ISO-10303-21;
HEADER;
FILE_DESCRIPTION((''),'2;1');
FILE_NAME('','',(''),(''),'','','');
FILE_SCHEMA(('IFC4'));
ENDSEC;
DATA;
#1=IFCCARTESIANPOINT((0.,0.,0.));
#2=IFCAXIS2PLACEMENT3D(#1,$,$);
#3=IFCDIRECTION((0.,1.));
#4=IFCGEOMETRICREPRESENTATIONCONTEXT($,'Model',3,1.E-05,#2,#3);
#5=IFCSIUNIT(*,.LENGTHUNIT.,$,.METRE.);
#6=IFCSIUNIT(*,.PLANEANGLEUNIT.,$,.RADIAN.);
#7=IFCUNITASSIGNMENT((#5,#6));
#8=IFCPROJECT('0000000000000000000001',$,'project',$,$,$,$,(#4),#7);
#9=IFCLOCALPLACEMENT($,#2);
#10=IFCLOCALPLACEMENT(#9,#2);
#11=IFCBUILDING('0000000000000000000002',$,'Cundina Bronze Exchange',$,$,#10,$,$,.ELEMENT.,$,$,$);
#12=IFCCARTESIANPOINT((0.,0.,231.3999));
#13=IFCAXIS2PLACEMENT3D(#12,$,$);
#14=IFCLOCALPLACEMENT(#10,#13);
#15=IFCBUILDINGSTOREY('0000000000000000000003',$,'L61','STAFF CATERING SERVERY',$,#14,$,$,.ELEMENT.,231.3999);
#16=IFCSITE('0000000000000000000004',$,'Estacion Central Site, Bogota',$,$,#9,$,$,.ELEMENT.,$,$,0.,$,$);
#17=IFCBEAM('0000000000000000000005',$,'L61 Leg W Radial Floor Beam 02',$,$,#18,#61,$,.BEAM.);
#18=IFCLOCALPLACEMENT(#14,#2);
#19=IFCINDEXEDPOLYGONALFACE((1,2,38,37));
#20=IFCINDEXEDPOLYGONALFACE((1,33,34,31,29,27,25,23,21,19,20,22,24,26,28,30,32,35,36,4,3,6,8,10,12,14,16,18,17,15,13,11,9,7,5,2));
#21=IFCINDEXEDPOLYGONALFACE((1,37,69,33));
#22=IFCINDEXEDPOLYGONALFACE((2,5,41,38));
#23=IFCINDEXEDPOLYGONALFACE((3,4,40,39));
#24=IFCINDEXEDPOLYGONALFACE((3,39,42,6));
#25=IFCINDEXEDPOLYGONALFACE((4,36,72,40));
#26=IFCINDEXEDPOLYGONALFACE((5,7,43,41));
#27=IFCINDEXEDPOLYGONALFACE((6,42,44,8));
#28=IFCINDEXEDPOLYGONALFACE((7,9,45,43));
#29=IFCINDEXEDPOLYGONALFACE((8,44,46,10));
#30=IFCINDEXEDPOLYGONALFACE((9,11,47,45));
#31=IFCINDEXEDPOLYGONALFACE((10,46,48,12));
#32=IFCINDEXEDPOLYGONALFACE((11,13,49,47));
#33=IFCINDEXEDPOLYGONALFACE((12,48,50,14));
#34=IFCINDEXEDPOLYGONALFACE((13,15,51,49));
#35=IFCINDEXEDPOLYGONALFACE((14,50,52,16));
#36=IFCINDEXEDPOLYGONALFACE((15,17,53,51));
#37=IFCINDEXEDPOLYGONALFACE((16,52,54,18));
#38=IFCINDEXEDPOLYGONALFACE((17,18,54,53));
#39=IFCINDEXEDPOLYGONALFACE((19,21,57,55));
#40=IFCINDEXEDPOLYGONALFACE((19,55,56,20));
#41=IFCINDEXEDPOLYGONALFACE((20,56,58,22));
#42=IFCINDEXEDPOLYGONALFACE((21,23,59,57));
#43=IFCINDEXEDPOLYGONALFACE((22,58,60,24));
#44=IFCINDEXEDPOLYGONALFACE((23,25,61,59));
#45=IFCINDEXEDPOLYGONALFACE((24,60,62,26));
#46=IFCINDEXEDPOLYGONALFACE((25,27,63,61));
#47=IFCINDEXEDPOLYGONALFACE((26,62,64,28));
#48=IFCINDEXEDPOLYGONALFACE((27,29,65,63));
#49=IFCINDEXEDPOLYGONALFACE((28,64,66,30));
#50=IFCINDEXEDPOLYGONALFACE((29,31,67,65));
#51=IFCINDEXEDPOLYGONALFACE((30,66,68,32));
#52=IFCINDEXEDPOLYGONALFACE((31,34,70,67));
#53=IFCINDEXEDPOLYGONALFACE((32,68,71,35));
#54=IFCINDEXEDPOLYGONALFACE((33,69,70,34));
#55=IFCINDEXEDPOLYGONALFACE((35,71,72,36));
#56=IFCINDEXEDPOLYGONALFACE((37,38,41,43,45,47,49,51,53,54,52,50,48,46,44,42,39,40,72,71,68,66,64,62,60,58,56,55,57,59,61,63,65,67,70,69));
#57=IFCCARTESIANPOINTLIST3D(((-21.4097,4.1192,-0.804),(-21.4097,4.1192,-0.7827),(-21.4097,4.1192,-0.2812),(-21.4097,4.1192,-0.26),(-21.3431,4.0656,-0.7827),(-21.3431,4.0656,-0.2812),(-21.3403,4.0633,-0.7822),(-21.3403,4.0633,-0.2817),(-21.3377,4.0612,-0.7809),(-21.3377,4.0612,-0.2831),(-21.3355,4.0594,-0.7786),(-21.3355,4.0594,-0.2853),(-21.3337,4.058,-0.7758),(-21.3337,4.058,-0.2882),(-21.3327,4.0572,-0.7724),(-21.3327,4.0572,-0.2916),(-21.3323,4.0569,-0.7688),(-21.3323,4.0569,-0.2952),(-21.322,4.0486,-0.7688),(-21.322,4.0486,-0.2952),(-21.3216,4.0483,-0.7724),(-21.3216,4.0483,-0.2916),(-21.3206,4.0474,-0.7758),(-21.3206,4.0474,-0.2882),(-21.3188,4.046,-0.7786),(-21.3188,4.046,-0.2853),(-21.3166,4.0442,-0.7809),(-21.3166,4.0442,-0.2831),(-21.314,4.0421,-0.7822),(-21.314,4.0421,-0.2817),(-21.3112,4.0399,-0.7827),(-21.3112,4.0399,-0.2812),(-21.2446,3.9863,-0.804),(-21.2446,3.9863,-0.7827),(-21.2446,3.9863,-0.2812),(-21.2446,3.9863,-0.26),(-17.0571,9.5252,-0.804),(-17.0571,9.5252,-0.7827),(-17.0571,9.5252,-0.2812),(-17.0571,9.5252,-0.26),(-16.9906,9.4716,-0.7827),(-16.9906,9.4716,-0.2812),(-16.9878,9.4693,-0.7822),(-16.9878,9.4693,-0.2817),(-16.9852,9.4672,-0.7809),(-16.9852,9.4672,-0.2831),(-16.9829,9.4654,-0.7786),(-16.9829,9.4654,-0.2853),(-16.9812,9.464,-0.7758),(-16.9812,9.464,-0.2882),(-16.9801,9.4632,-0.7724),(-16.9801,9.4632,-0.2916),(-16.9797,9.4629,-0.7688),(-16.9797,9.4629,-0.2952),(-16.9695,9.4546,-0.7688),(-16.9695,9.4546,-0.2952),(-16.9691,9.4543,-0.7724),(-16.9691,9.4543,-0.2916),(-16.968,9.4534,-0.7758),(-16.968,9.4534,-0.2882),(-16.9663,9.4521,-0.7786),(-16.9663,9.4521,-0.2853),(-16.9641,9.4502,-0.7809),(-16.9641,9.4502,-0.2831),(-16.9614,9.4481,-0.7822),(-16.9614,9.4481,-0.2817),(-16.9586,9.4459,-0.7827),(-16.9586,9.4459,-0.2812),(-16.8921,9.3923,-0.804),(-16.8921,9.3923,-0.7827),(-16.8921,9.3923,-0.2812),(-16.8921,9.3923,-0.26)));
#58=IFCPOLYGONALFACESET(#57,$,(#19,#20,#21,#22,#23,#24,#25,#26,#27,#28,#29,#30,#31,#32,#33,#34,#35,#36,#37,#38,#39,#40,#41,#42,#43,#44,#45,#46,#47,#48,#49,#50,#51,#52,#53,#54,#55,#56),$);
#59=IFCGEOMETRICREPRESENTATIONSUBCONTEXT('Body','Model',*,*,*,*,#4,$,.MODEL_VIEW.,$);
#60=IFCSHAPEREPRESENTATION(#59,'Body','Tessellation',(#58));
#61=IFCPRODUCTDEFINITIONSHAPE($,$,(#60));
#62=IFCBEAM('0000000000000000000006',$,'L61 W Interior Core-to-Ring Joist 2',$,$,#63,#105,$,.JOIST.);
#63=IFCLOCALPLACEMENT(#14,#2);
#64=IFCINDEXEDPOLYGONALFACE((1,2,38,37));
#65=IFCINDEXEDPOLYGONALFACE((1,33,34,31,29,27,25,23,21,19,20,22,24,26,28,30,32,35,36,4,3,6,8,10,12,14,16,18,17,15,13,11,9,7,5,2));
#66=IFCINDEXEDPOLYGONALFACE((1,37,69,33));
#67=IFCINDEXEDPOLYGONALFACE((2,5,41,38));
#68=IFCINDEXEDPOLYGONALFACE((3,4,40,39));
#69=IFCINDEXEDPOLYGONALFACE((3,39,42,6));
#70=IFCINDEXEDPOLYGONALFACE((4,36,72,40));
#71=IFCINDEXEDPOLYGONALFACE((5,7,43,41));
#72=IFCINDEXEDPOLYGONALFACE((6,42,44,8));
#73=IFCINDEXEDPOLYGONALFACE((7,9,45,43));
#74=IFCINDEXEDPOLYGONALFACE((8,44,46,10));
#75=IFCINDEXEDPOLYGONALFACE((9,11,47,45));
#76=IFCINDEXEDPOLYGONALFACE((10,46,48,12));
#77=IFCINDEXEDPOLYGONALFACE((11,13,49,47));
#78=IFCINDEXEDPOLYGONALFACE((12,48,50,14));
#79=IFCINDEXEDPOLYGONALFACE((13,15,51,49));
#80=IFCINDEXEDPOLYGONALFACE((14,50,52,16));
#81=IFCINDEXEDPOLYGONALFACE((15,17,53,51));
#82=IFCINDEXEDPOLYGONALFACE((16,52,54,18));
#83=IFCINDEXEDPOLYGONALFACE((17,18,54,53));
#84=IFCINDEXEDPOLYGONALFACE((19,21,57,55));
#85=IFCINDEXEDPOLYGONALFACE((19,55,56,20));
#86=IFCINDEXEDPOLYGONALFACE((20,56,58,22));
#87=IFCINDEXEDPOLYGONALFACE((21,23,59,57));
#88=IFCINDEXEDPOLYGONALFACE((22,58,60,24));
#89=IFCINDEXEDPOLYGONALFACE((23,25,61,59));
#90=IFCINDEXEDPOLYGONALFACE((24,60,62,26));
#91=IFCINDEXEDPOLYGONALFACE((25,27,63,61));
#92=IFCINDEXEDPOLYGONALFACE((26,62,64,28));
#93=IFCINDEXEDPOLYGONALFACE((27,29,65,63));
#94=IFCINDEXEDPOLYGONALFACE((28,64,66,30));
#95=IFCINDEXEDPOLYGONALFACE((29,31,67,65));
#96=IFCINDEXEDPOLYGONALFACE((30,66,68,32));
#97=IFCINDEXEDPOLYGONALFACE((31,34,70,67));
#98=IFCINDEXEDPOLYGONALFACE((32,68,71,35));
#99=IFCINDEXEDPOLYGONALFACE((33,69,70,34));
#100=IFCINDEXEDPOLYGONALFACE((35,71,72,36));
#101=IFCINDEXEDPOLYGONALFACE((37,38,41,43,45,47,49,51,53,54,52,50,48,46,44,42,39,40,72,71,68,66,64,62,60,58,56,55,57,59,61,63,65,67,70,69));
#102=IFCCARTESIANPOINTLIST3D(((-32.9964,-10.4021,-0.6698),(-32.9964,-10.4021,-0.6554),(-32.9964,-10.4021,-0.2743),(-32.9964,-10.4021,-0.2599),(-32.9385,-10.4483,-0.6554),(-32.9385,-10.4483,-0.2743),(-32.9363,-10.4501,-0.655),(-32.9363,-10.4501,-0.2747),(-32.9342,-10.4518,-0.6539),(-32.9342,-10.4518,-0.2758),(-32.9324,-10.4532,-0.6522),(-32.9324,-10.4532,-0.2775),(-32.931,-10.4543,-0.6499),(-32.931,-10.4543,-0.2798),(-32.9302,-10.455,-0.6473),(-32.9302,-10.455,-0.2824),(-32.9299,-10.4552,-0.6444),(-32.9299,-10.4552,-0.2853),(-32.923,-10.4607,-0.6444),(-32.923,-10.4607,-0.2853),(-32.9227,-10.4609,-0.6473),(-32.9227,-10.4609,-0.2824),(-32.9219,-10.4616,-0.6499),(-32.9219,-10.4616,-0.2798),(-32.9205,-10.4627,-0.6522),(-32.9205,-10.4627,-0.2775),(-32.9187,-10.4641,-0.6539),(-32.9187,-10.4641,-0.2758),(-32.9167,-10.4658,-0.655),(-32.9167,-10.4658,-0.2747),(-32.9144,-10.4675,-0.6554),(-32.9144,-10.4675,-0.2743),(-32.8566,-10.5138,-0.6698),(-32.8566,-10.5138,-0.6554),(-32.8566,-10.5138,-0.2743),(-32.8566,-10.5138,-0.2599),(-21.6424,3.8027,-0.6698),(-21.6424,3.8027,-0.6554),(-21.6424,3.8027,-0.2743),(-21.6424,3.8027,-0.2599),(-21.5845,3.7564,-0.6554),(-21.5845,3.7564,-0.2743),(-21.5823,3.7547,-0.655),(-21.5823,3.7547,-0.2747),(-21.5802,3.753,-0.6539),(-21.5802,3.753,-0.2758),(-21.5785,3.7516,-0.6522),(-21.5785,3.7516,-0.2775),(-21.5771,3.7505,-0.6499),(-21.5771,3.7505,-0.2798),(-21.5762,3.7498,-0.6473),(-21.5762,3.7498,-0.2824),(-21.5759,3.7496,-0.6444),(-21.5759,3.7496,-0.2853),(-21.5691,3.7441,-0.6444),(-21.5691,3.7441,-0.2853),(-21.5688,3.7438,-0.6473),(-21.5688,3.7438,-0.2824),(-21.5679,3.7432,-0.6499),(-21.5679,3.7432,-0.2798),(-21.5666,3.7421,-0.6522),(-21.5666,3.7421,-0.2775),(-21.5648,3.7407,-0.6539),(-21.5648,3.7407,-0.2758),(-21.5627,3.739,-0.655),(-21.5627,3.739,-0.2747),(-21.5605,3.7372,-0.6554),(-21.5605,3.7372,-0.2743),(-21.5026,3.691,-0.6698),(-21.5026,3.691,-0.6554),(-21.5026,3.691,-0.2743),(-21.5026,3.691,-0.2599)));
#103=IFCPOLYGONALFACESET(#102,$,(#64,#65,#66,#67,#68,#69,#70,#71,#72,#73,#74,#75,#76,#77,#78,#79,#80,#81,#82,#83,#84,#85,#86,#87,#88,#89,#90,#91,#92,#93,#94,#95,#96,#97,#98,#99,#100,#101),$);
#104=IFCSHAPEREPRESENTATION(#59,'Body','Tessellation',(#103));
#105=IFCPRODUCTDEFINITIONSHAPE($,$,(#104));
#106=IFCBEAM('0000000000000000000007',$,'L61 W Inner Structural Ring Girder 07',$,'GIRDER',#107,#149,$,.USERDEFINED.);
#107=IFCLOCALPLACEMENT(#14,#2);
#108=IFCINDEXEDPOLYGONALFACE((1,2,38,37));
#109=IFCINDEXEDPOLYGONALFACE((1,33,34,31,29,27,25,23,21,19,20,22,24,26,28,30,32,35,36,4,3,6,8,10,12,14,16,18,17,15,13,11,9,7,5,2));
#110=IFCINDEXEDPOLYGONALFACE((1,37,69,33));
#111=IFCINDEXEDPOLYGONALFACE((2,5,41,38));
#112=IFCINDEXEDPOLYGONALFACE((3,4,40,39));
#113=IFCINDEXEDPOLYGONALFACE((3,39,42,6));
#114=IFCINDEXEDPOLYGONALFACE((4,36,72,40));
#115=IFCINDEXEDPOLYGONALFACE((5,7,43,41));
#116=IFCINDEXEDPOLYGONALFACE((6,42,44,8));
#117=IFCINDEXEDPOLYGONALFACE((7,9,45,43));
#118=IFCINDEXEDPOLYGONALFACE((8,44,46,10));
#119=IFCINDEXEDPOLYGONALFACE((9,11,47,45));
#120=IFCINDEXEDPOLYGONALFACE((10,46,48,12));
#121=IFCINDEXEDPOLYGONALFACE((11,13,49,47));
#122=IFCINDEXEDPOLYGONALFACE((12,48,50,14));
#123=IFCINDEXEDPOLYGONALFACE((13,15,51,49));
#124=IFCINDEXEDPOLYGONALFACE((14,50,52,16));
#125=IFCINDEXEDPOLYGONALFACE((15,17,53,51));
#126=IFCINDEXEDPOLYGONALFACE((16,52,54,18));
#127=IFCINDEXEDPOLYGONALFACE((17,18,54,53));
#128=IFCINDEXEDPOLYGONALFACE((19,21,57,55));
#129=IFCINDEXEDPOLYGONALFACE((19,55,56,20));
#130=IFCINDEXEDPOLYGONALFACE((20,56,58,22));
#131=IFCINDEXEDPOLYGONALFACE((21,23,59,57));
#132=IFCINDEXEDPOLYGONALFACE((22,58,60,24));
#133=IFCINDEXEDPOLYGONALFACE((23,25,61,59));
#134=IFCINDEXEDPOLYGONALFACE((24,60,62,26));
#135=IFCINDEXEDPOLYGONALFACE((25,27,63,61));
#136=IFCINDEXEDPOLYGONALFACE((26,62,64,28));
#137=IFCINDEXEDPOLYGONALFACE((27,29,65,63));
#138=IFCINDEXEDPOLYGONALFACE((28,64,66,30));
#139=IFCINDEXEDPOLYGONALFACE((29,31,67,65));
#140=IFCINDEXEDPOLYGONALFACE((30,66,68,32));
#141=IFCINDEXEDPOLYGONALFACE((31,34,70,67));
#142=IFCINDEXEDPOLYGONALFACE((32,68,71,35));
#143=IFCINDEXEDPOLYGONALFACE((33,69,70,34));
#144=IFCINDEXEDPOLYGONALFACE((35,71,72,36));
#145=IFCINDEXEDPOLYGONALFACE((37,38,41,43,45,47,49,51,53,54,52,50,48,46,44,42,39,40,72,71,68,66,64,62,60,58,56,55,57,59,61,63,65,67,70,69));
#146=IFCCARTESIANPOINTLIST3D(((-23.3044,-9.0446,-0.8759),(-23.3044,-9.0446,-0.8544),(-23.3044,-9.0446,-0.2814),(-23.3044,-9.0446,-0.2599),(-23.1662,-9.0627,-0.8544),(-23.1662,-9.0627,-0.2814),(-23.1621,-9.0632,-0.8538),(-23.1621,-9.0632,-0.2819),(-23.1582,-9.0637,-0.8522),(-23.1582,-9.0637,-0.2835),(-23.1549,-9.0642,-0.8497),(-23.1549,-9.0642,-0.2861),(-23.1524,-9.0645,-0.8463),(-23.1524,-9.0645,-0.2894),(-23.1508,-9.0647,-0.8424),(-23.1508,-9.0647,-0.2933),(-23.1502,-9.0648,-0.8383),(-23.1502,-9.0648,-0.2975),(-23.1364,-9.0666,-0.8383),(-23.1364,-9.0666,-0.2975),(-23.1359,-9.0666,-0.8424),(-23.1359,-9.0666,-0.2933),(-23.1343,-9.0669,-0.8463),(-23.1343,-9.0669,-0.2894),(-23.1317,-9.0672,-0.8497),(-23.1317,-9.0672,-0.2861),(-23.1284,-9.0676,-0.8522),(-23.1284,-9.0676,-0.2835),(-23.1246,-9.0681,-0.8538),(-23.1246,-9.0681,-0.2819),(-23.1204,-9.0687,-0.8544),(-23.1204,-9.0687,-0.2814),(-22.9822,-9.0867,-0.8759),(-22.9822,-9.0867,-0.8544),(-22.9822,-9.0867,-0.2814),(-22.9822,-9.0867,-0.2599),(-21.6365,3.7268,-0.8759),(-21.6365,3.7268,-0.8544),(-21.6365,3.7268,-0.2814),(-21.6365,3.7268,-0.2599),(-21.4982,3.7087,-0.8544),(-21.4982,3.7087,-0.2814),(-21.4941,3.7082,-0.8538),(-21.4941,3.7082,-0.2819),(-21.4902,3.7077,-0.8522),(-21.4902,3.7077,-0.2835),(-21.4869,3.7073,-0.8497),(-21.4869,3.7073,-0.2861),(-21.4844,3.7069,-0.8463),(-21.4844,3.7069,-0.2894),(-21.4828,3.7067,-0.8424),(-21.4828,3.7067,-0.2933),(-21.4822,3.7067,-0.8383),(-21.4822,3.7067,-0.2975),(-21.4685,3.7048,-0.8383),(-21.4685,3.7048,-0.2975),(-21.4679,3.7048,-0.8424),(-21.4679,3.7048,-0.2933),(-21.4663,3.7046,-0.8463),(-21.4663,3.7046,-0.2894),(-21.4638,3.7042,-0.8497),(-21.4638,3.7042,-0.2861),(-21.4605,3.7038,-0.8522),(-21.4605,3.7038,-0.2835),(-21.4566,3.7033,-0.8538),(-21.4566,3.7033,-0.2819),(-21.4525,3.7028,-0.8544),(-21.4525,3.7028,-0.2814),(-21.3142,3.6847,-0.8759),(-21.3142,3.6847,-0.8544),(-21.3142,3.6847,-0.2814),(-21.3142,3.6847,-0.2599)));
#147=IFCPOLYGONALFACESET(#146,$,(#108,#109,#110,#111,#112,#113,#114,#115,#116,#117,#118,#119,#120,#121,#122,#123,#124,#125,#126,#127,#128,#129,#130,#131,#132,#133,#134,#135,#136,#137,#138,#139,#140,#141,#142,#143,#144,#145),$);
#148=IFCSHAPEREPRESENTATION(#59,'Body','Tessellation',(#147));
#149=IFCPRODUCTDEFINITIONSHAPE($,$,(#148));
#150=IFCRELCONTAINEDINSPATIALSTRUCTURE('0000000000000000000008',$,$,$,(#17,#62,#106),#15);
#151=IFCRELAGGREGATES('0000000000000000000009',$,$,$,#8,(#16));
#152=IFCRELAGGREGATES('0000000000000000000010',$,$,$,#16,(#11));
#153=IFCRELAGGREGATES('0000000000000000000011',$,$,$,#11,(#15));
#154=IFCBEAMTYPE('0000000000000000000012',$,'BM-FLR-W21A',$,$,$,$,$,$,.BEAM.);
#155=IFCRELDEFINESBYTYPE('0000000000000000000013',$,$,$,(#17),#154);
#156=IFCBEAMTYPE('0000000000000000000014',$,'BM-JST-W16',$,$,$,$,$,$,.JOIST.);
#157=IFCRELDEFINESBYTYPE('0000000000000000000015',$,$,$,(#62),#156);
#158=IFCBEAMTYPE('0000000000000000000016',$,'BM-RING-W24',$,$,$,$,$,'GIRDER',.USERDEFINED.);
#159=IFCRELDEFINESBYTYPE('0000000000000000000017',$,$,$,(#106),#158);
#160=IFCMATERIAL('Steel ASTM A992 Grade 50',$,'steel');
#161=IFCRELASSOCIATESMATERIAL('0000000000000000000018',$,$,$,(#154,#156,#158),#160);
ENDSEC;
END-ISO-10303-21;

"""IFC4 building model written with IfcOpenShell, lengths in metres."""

from ifc_helpers import new_model, si_unit, direction, frame, origin, origin_2d, place, context, subcontext, project, spatial, i_section, extrude, material, material_profile, profile_set, type_object, element, save


model = new_model("IFC4")

# Units and contexts
model_context = context("Model", 3, precision=1e-05, world=origin(), true_north=direction((0.0, 1.0)))
body_context = subcontext(model_context, "Body", "Model", "MODEL_VIEW")
ifc_project = project(units=[si_unit("LENGTHUNIT", "METRE"), si_unit("PLANEANGLEUNIT", "RADIAN")], contexts=[model_context])

# Site, building, storey
site_placement = place(None, origin())
site = spatial("IfcSite", under=ifc_project, at=site_placement, Name="Estacion Central Site, Bogota", CompositionType="ELEMENT", RefElevation=0.0)
building_placement = place(site_placement, origin())
building = spatial("IfcBuilding", under=site, at=building_placement, Name="Cundina Bronze Exchange", CompositionType="ELEMENT")
storey_placement = place(building_placement, frame((0.0, 0.0, 231.3999)))
storey = spatial("IfcBuildingStorey", under=building, at=storey_placement, Name="L61", Description="STAFF CATERING SERVERY", CompositionType="ELEMENT", Elevation=231.3999)

# Shared definitions
ifc_material_1 = material(Name="Steel ASTM A992 Grade 50", Category="steel")

# Beams
ifc_material_profile_1 = material_profile(ifc_material_1, i_section(OverallWidth=0.2119, OverallDepth=0.5439, WebThickness=0.0132, FlangeThickness=0.0212, FilletRadius=0.0139, at=origin_2d()), Name="W21X83", Category="steel")
ifc_profile_set_1 = profile_set([ifc_material_profile_1], Name="Steel ASTM A992 Grade 50")
beam_type_1 = type_object("IfcBeamType", Name="BM-FLR-W21A", PredefinedType="BEAM", material=ifc_profile_set_1)
beam_1_placement = place(storey_placement, frame((-21.3271, 4.0527, -0.532), z_axis=(0.627129, 0.778916, 0.0), x_axis=(-0.778916, 0.627129, 0.0)))
element("IfcBeam", 1, at=beam_1_placement, inside=storey, type_object=beam_type_1, Name="L61 Leg W Radial Floor Beam 02", PredefinedType="BEAM", context=body_context, shape_type="SweptSolid", body=[
    extrude(i_section(OverallWidth=0.2119, OverallDepth=0.5439, WebThickness=0.0132, FlangeThickness=0.0212, FilletRadius=0.0139, at=origin_2d()), origin(), (0.0, 0.0, 1.0), 6.9404),
])
ifc_material_profile_2 = material_profile(ifc_material_1, i_section(OverallWidth=0.179, OverallDepth=0.4099, WebThickness=0.0088, FlangeThickness=0.0144, FilletRadius=0.011, at=origin_2d()), Name="W16X45", Category="steel")
ifc_profile_set_2 = profile_set([ifc_material_profile_2], Name="Steel ASTM A992 Grade 50")
beam_type_2 = type_object("IfcBeamType", Name="BM-JST-W16", PredefinedType="JOIST", material=ifc_profile_set_2)
beam_2_placement = place(storey_placement, frame((-21.5725, 3.7468, -0.4648), z_axis=(-0.624364, -0.781133, 0.0), x_axis=(0.781133, -0.624364, 0.0)))
element("IfcBeam", 2, at=beam_2_placement, inside=storey, type_object=beam_type_2, Name="L61 W Interior Core-to-Ring Joist 2", PredefinedType="JOIST", context=body_context, shape_type="SweptSolid", body=[
    extrude(i_section(OverallWidth=0.179, OverallDepth=0.4099, WebThickness=0.0088, FlangeThickness=0.0144, FilletRadius=0.011, at=origin_2d()), origin(), (0.0, 0.0, 1.0), 18.1848),
])
ifc_material_profile_3 = material_profile(ifc_material_1, i_section(OverallWidth=0.325, OverallDepth=0.616, WebThickness=0.0139, FlangeThickness=0.0215, FilletRadius=0.0161, at=origin_2d()), Name="W24X117", Category="steel")
ifc_profile_set_3 = profile_set([ifc_material_profile_3], Name="Steel ASTM A992 Grade 50")
beam_type_3 = type_object("IfcBeamType", Name="BM-RING-W24", ElementType="GIRDER", PredefinedType="USERDEFINED", material=ifc_profile_set_3)
beam_3_placement = place(storey_placement, frame((-23.1433, -9.0657, -0.5679), z_axis=(0.129501, 0.991579, 0.0), x_axis=(-0.991579, 0.129501, 0.0)))
element("IfcBeam", 3, at=beam_3_placement, inside=storey, type_object=beam_type_3, Name="L61 W Inner Structural Ring Girder 07", ObjectType="GIRDER", PredefinedType="USERDEFINED", context=body_context, shape_type="SweptSolid", body=[
    extrude(i_section(OverallWidth=0.325, OverallDepth=0.616, WebThickness=0.0139, FlangeThickness=0.0215, FilletRadius=0.0161, at=origin_2d()), origin(), (0.0, 0.0, 1.0), 12.8799),
])

save(model, "model.ifc")
